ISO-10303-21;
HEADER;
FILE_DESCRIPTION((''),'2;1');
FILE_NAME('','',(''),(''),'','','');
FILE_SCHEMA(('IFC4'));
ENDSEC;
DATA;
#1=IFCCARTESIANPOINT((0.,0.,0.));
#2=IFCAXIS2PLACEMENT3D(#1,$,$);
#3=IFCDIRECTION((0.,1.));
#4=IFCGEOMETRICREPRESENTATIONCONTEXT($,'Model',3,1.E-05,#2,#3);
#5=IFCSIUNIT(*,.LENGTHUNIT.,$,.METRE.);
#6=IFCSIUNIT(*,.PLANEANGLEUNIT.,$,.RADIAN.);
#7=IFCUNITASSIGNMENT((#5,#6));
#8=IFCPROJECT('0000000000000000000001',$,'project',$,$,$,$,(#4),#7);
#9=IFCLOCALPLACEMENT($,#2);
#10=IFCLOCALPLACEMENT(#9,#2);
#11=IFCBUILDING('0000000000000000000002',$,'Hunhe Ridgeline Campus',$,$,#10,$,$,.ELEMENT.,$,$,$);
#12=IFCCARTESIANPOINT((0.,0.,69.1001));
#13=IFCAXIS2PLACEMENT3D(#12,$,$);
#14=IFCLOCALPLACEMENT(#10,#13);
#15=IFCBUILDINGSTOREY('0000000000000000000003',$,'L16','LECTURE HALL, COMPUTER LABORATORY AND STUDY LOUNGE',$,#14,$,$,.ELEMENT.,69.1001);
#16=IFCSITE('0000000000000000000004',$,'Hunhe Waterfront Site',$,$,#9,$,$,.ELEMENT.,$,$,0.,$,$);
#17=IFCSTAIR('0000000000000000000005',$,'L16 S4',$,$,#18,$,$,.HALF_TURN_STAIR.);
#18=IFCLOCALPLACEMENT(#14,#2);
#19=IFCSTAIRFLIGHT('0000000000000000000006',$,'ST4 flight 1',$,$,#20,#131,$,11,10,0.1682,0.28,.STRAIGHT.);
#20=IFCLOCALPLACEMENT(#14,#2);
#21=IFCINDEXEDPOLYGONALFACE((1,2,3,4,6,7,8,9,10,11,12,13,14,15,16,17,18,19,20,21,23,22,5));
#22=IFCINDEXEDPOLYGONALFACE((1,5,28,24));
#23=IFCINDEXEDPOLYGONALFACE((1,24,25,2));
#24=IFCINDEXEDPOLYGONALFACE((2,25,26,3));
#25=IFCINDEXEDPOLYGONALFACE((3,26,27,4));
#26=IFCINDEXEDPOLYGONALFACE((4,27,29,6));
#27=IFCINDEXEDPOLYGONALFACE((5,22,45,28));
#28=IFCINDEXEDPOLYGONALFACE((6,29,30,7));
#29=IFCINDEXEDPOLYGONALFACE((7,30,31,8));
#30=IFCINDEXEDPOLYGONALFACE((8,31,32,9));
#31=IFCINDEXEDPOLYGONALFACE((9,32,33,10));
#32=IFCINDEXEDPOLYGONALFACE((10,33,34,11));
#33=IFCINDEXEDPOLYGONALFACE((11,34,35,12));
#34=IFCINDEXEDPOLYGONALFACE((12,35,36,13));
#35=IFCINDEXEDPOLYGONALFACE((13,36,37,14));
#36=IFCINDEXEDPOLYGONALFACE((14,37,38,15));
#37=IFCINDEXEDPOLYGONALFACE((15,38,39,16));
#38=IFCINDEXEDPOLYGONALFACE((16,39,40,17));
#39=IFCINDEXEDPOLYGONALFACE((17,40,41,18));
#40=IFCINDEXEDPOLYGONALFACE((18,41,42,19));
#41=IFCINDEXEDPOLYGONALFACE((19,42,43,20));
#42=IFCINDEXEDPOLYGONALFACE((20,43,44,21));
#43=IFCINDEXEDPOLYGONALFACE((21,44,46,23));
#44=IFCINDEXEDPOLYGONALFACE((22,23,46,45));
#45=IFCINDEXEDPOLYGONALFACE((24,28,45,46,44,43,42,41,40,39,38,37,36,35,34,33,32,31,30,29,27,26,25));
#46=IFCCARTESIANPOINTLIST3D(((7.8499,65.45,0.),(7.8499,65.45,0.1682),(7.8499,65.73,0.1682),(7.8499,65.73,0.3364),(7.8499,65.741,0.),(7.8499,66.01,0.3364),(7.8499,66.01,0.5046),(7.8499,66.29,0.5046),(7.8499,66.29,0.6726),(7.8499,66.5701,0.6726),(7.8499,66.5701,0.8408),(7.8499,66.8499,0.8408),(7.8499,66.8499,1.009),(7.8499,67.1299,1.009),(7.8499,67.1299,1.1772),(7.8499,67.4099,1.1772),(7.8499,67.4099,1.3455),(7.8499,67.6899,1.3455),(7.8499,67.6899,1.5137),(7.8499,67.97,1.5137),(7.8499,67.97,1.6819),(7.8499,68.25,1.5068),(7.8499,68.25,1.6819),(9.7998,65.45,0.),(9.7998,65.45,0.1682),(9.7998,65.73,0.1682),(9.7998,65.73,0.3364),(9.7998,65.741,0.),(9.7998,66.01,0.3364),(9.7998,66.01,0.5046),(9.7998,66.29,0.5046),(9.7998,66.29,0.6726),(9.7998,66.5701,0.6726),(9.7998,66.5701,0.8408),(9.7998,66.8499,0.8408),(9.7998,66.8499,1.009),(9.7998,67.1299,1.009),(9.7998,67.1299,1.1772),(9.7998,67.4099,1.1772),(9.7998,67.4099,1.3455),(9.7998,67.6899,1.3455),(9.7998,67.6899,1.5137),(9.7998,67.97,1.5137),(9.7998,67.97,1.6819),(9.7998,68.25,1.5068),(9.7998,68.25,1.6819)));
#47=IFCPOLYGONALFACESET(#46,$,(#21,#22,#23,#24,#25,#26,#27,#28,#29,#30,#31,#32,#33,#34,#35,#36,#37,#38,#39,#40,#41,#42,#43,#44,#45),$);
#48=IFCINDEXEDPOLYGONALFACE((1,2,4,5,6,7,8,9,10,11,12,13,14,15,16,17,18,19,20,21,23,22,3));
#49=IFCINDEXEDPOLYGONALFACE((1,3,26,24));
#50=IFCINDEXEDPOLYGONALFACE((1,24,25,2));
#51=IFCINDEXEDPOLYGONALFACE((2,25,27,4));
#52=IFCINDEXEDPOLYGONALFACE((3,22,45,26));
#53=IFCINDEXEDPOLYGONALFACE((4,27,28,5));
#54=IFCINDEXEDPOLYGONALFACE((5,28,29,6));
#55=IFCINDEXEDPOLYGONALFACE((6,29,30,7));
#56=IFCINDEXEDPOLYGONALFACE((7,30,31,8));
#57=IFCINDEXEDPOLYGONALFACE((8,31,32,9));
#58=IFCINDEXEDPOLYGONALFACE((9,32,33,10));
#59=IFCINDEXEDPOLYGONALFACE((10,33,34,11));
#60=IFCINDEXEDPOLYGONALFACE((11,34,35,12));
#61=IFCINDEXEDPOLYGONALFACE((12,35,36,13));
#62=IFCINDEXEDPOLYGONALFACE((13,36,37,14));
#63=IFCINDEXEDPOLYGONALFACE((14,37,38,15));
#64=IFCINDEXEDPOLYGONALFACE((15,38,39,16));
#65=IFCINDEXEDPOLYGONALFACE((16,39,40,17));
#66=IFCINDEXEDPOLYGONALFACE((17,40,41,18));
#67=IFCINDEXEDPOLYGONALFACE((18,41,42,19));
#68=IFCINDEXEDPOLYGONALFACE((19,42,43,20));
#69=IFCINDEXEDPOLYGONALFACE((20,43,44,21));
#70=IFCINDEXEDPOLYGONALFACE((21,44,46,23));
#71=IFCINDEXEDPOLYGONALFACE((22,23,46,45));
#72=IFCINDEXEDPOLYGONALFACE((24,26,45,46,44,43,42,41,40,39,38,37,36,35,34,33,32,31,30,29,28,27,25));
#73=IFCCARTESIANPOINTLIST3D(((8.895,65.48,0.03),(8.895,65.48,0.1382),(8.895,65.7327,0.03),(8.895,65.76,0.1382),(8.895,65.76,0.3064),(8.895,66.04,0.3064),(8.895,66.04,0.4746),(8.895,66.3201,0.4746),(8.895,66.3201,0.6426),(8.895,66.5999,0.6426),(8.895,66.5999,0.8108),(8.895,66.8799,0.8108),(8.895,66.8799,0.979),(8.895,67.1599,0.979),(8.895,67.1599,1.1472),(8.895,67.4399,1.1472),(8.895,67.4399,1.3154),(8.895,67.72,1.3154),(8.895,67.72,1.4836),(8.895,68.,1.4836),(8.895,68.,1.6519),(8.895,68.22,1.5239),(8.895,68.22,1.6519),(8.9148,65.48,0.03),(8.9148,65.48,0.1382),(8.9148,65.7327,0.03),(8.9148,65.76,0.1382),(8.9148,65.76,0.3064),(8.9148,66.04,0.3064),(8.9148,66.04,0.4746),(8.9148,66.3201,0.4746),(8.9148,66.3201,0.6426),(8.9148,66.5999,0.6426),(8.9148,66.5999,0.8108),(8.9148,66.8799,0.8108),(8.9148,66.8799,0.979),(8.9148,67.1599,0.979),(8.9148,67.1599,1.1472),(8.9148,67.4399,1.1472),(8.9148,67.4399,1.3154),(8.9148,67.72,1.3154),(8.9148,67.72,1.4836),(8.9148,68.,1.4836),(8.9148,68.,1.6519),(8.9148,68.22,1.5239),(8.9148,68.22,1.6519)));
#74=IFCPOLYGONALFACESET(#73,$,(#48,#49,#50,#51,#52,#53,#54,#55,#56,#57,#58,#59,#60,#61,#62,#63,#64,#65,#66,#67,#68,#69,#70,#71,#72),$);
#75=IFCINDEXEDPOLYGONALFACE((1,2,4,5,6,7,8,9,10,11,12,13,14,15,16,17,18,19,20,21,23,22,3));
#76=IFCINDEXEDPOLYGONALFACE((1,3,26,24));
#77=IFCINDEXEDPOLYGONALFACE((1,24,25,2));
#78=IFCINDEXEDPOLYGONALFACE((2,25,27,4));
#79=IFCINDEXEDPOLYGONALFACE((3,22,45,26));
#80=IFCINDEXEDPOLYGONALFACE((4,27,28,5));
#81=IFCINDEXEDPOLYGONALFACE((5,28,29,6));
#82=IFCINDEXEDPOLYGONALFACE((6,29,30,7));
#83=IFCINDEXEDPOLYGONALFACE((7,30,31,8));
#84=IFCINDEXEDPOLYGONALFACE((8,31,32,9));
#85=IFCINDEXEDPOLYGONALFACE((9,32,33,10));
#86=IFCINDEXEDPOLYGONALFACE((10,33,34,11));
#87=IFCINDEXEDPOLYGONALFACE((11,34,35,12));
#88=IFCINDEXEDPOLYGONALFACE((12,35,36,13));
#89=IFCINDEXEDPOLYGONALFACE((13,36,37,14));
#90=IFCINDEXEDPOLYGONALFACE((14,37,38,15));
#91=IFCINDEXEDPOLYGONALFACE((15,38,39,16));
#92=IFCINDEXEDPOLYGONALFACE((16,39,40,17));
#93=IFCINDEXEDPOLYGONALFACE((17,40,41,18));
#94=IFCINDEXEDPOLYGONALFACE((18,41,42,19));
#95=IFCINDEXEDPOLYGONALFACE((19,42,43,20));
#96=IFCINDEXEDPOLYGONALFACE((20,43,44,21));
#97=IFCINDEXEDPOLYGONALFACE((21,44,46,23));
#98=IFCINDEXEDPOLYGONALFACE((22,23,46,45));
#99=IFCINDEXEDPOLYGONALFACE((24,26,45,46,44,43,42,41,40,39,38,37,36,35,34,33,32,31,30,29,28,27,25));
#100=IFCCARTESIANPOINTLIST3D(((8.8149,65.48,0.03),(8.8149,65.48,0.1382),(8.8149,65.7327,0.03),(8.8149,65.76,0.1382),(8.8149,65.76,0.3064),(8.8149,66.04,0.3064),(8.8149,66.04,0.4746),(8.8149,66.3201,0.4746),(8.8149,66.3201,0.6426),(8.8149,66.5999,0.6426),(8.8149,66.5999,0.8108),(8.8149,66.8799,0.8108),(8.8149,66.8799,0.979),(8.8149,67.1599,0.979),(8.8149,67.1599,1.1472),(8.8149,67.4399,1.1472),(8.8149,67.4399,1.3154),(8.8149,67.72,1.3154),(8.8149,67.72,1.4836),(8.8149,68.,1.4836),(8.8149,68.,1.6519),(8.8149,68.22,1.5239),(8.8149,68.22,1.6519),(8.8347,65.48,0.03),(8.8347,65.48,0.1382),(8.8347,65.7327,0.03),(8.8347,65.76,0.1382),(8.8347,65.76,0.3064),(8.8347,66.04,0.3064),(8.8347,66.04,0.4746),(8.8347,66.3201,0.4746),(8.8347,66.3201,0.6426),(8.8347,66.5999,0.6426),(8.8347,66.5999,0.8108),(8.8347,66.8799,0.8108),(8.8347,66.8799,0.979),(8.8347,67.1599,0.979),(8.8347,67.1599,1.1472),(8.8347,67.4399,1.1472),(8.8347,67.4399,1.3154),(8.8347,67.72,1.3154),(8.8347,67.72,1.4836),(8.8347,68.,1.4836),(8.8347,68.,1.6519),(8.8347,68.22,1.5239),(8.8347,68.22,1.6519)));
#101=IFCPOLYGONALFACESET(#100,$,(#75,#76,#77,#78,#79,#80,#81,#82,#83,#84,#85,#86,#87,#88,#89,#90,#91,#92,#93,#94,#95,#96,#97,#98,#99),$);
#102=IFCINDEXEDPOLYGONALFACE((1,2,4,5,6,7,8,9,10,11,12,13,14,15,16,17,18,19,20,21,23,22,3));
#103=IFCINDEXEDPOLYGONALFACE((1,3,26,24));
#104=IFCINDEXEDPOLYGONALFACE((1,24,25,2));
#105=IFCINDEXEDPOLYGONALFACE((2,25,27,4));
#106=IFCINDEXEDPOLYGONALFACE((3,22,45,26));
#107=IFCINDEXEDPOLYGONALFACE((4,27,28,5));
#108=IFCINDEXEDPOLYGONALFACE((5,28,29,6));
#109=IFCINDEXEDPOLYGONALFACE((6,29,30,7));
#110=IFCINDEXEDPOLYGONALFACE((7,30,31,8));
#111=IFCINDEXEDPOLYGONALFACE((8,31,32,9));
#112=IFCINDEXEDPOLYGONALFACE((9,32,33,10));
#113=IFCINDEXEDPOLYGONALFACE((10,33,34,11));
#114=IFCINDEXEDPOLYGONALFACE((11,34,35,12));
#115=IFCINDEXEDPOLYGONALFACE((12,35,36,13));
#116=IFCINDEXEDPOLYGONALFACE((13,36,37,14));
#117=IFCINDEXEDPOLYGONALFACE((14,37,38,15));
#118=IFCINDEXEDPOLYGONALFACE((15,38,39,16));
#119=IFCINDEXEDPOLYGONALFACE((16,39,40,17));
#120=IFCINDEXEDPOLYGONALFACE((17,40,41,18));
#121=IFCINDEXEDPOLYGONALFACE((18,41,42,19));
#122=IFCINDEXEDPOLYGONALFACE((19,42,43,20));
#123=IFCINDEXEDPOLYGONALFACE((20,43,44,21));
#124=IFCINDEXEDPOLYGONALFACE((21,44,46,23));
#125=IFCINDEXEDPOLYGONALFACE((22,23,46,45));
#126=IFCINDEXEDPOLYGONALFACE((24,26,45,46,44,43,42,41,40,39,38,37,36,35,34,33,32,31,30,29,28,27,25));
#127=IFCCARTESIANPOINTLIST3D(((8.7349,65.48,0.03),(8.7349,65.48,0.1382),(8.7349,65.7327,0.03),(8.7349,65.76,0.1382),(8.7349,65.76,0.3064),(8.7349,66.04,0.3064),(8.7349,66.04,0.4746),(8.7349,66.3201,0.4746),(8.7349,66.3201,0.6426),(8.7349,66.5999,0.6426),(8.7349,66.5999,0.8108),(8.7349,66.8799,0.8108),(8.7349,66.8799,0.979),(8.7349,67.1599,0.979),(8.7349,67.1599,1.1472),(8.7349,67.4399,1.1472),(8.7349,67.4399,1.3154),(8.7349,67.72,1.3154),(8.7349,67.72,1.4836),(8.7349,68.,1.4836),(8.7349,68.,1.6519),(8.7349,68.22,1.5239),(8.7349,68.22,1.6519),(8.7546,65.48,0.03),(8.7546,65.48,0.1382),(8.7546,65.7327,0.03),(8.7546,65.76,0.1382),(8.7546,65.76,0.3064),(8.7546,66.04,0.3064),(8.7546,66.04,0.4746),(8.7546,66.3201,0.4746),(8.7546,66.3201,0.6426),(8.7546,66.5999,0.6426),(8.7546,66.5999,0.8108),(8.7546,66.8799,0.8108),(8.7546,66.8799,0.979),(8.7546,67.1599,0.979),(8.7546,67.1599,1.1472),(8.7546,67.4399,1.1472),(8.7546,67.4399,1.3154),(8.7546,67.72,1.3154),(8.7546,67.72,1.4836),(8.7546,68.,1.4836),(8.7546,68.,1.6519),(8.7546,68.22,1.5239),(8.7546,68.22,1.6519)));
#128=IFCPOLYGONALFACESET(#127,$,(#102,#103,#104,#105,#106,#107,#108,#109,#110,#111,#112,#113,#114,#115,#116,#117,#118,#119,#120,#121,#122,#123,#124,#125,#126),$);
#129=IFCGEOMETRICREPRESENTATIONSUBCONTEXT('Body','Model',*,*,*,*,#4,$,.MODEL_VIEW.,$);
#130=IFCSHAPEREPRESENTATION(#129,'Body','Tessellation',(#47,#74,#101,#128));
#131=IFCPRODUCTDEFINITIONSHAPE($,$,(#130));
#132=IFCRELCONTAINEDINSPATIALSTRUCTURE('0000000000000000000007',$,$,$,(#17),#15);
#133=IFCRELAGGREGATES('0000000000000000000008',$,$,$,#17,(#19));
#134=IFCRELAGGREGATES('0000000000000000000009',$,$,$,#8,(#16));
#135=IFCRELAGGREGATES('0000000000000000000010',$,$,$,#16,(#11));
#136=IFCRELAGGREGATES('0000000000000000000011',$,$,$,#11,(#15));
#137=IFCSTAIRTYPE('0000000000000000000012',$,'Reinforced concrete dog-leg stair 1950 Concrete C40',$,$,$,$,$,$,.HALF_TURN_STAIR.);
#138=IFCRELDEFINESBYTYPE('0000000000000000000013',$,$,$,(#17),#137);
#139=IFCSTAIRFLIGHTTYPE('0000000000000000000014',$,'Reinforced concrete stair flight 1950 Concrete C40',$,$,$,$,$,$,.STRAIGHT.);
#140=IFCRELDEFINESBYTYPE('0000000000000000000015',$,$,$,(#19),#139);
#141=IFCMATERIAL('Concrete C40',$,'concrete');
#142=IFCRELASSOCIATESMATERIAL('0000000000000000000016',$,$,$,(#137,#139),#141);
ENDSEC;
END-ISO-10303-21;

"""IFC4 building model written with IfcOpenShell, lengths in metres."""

from ifc_helpers import new_model, si_unit, direction, frame, origin, place, context, subcontext, project, spatial, polyline, outline, extrude, material, type_object, element, aggregate, save


model = new_model("IFC4")

# Units and contexts
model_context = context("Model", 3, precision=1e-05, world=origin(), true_north=direction((0.0, 1.0)))
body_context = subcontext(model_context, "Body", "Model", "MODEL_VIEW")
ifc_project = project(units=[si_unit("LENGTHUNIT", "METRE"), si_unit("PLANEANGLEUNIT", "RADIAN")], contexts=[model_context])

# Site, building, storey
site_placement = place(None, origin())
site = spatial("IfcSite", under=ifc_project, at=site_placement, Name="Hunhe Waterfront Site", CompositionType="ELEMENT", RefElevation=0.0)
building_placement = place(site_placement, origin())
building = spatial("IfcBuilding", under=site, at=building_placement, Name="Hunhe Ridgeline Campus", CompositionType="ELEMENT")
storey_placement = place(building_placement, frame((0.0, 0.0, 69.1001)))
storey = spatial("IfcBuildingStorey", under=building, at=storey_placement, Name="L16", Description="LECTURE HALL, COMPUTER LABORATORY AND STUDY LOUNGE", CompositionType="ELEMENT", Elevation=69.1001)

# Stair, stair flight
ifc_material_1 = material(Name="Concrete C40", Category="concrete")
stair_type = type_object("IfcStairType", Name="Reinforced concrete dog-leg stair 1950 Concrete C40", PredefinedType="HALF_TURN_STAIR", material=ifc_material_1)
stair_flight_type = type_object("IfcStairFlightType", Name="Reinforced concrete stair flight 1950 Concrete C40", PredefinedType="STRAIGHT", material=ifc_material_1)
stair_1_placement = place(storey_placement, origin())
stair_1 = element("IfcStair", 1, at=stair_1_placement, inside=storey, type_object=stair_type, Name="L16 S4", PredefinedType="HALF_TURN_STAIR")
stair_flight_1_placement = place(storey_placement, frame((8.825, 65.45, 0.0), z_axis=(0.0, 0.0, 1.0), x_axis=(0.0, 1.0, 0.0)))
stair_flight_1 = element("IfcStairFlight", 2, at=stair_flight_1_placement, type_object=stair_flight_type, Name="ST4 flight 1", NumberOfRisers=11, NumberOfTreads=10, PredefinedType="STRAIGHT", RiserHeight=0.1682, TreadLength=0.28, context=body_context, shape_type="SweptSolid", body=[
    extrude(outline(polyline([(0.0, 0.0), (0.0, 0.1682), (0.28, 0.1682), (0.28, 0.3364), (0.5601, 0.3364), (0.5601, 0.5046), (0.8401, 0.5046), (0.8401, 0.6726), (1.1201, 0.6726), (1.1201, 0.8408), (1.3999, 0.8408), (1.3999, 1.009), (1.6799, 1.009), (1.6799, 1.1772), (1.96, 1.1772), (1.96, 1.3455), (2.24, 1.3455), (2.24, 1.5137), (2.52, 1.5137), (2.52, 1.6819), (2.8, 1.6819), (2.8, 1.8501), (2.8, 1.5068), (0.291, 0.0), (0.0, 0.0)])), frame((0.0, 0.9751, 0.0), z_axis=(0.0, -1.0, 0.0), x_axis=(1.0, 0.0, 0.0)), (0.0, 0.0, 1.0), 1.95),
    extrude(outline(polyline([(0.03, 0.03), (0.03, 0.1382), (0.3101, 0.1382), (0.3101, 0.3064), (0.5901, 0.3064), (0.5901, 0.4746), (0.8701, 0.4746), (0.8701, 0.6426), (1.1499, 0.6426), (1.1499, 0.8108), (1.4299, 0.8108), (1.4299, 0.979), (1.71, 0.979), (1.71, 1.1472), (1.99, 1.1472), (1.99, 1.3154), (2.27, 1.3154), (2.27, 1.4836), (2.55, 1.4836), (2.55, 1.6519), (2.77, 1.6519), (2.77, 1.5239), (0.2827, 0.03), (0.03, 0.03)])), frame((0.0, -0.0701, 0.0), z_axis=(0.0, -1.0, 0.0), x_axis=(1.0, 0.0, 0.0)), (0.0, 0.0, 1.0), 0.0198),
    extrude(outline(polyline([(0.03, 0.03), (0.03, 0.1382), (0.3101, 0.1382), (0.3101, 0.3064), (0.5901, 0.3064), (0.5901, 0.4746), (0.8701, 0.4746), (0.8701, 0.6426), (1.1499, 0.6426), (1.1499, 0.8108), (1.4299, 0.8108), (1.4299, 0.979), (1.71, 0.979), (1.71, 1.1472), (1.99, 1.1472), (1.99, 1.3154), (2.27, 1.3154), (2.27, 1.4836), (2.55, 1.4836), (2.55, 1.6519), (2.77, 1.6519), (2.77, 1.5239), (0.2827, 0.03), (0.03, 0.03)])), frame((0.0, 0.01, 0.0), z_axis=(0.0, -1.0, 0.0), x_axis=(1.0, 0.0, 0.0)), (0.0, 0.0, 1.0), 0.0198),
    extrude(outline(polyline([(0.03, 0.03), (0.03, 0.1382), (0.3101, 0.1382), (0.3101, 0.3064), (0.5901, 0.3064), (0.5901, 0.4746), (0.8701, 0.4746), (0.8701, 0.6426), (1.1499, 0.6426), (1.1499, 0.8108), (1.4299, 0.8108), (1.4299, 0.979), (1.71, 0.979), (1.71, 1.1472), (1.99, 1.1472), (1.99, 1.3154), (2.27, 1.3154), (2.27, 1.4836), (2.55, 1.4836), (2.55, 1.6519), (2.77, 1.6519), (2.77, 1.5239), (0.2827, 0.03), (0.03, 0.03)])), frame((0.0, 0.0901, 0.0), z_axis=(0.0, -1.0, 0.0), x_axis=(1.0, 0.0, 0.0)), (0.0, 0.0, 1.0), 0.0198),
])
aggregate(stair_1, [stair_flight_1])

save(model, "model.ifc")
